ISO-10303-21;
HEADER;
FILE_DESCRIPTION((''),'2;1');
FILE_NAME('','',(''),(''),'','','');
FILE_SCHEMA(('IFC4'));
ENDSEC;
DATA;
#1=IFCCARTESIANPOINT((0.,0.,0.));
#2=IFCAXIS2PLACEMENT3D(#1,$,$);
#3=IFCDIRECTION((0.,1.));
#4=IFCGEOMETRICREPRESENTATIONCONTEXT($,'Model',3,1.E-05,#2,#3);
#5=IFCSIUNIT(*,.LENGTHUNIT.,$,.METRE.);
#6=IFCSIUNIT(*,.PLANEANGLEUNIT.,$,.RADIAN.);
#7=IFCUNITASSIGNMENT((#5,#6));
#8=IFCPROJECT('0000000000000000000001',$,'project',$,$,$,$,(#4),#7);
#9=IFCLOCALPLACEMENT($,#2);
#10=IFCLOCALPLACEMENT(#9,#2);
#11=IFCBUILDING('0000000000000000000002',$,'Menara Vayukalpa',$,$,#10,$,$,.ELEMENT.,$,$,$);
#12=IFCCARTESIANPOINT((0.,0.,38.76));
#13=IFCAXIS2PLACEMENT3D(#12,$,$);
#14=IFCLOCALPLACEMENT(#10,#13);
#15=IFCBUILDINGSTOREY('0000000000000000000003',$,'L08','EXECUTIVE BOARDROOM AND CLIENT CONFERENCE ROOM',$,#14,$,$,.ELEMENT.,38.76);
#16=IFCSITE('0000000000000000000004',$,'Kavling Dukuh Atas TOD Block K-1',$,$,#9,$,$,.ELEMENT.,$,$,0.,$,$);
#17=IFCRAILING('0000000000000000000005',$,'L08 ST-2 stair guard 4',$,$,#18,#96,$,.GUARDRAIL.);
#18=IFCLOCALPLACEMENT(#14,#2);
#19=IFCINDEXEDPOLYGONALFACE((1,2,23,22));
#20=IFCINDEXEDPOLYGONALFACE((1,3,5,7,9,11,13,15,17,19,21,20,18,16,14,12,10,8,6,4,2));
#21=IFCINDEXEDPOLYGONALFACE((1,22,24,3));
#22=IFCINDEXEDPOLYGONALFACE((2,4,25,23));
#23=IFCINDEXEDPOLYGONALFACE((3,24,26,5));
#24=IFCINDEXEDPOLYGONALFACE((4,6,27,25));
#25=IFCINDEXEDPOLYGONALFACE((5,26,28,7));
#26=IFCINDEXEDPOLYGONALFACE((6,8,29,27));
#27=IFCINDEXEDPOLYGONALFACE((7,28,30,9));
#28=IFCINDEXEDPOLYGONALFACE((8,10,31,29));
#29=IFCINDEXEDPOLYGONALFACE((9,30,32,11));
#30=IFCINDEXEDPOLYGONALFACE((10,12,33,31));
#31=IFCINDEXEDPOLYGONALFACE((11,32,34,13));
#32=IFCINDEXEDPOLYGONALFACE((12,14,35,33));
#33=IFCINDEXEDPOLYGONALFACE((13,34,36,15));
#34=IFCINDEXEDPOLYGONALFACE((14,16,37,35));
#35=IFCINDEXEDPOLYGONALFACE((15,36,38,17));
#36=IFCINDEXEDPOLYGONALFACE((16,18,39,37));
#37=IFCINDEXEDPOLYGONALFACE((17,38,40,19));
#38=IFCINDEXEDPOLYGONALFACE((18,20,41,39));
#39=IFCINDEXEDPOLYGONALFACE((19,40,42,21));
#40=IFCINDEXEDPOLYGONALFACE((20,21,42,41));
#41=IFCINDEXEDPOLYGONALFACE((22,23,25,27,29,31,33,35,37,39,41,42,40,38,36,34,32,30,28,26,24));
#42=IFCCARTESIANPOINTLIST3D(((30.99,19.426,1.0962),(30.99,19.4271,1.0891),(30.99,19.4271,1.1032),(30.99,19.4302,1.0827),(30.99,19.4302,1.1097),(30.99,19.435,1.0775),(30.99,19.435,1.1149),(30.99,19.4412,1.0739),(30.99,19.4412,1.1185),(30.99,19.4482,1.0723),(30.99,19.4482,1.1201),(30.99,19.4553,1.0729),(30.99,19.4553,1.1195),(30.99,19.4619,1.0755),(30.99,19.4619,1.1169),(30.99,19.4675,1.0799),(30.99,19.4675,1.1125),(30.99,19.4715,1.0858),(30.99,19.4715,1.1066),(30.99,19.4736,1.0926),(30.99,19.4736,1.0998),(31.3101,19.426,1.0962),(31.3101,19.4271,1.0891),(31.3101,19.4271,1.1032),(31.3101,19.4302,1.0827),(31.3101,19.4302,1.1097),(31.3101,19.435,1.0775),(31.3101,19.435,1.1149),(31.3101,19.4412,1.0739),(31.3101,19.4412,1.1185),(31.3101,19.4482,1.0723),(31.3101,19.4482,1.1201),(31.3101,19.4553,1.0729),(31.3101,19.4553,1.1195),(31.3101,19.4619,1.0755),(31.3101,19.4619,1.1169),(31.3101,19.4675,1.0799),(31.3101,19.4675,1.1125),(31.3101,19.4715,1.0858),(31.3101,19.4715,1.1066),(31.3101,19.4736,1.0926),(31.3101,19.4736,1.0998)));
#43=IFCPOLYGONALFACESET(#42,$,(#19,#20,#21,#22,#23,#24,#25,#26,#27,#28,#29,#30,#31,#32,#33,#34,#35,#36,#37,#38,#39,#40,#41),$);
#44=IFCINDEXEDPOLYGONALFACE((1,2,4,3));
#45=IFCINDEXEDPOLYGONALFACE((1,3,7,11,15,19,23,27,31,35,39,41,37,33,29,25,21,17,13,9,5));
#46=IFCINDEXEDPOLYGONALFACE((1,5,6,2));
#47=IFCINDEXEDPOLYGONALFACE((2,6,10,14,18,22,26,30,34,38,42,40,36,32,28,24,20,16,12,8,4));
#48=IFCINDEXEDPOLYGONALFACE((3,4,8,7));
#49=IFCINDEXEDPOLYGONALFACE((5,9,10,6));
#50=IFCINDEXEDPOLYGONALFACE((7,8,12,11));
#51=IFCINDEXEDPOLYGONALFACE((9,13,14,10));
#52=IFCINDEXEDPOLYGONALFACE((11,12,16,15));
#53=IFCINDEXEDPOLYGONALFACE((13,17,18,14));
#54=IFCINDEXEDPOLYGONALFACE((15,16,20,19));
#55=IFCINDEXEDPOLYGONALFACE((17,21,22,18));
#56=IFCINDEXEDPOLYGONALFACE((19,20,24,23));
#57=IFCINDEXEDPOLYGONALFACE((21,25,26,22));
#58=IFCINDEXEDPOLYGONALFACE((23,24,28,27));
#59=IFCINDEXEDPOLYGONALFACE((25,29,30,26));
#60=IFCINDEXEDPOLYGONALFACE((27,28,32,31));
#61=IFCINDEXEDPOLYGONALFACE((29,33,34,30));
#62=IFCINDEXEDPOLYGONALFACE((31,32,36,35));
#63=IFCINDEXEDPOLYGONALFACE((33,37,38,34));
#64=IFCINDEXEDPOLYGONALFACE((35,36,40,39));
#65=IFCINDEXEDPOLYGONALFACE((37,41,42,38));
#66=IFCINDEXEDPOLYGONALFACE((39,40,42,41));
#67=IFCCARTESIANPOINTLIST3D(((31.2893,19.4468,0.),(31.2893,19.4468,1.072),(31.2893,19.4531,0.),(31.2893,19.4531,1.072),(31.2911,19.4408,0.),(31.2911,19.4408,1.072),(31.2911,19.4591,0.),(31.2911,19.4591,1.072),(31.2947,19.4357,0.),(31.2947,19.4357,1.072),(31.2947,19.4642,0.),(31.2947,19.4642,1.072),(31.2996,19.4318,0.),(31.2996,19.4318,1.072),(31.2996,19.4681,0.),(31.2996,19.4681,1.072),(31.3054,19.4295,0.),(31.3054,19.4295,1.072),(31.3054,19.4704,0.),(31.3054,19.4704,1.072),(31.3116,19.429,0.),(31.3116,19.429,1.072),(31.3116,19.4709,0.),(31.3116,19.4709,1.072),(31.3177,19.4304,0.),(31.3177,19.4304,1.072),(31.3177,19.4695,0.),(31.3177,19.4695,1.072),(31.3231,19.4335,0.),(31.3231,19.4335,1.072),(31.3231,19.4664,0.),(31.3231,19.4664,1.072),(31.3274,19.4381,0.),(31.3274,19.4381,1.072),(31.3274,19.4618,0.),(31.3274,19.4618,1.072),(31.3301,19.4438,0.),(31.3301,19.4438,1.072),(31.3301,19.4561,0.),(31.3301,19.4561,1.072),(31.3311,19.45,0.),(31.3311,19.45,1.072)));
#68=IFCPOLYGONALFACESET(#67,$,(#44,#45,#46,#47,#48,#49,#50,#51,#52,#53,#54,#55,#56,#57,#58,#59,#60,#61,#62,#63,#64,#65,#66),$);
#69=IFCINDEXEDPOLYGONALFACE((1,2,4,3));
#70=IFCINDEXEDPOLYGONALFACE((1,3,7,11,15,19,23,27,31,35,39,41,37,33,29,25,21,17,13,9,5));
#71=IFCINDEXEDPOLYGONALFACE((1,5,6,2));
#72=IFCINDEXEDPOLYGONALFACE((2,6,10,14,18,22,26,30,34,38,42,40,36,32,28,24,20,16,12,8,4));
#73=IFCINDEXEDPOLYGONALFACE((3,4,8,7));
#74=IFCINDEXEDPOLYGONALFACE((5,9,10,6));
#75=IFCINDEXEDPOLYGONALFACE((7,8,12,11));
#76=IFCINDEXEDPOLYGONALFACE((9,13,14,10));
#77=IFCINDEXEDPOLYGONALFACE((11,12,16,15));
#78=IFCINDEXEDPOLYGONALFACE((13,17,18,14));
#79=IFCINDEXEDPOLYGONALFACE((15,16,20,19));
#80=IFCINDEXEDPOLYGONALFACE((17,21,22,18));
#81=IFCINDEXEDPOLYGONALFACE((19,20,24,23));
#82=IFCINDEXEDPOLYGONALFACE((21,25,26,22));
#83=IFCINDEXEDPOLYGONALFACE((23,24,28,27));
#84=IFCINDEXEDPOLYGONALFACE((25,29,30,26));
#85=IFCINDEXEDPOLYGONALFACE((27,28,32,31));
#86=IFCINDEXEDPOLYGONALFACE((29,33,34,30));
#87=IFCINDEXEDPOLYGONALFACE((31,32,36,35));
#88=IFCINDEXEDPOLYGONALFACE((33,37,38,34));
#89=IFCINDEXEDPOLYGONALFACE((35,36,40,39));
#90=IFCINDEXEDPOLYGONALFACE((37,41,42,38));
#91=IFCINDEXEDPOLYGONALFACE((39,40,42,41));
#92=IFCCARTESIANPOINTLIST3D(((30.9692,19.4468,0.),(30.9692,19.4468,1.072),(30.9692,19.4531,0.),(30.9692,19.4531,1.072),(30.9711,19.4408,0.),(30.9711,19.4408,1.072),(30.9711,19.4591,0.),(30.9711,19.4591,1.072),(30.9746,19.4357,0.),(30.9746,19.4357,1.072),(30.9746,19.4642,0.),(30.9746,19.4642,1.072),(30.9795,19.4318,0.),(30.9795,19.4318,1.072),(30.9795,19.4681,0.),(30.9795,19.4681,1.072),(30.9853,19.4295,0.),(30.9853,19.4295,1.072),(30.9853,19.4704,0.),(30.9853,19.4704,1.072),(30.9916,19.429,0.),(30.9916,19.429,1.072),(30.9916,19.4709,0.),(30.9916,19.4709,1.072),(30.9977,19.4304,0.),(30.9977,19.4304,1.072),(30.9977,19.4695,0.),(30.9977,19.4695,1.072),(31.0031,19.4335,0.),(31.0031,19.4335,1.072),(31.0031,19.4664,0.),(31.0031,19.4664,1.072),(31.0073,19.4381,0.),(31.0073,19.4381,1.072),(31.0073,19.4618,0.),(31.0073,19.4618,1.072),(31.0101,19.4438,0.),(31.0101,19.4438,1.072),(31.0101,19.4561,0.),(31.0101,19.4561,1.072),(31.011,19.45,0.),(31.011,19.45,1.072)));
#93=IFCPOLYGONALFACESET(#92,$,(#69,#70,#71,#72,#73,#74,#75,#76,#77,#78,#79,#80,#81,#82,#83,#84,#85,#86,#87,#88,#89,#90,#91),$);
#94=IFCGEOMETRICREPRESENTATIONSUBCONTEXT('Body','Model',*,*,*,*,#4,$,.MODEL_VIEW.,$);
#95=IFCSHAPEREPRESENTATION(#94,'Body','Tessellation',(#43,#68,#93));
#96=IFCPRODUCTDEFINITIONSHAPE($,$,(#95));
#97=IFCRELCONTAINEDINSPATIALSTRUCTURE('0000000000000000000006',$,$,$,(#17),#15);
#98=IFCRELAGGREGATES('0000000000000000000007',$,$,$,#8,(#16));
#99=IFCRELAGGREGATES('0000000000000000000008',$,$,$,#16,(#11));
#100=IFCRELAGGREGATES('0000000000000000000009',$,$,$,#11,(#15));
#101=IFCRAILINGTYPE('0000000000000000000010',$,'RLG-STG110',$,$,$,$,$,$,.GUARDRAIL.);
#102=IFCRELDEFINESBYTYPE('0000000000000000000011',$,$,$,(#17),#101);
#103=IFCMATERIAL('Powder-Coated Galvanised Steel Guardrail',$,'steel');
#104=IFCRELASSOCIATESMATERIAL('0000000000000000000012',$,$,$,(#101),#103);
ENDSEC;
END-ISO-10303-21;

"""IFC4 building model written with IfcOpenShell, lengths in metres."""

from ifc_helpers import new_model, si_unit, direction, frame, origin, origin_2d, place, context, subcontext, project, spatial, circle, extrude, material, type_object, element, save


model = new_model("IFC4")

# Units and contexts
model_context = context("Model", 3, precision=1e-05, world=origin(), true_north=direction((0.0, 1.0)))
body_context = subcontext(model_context, "Body", "Model", "MODEL_VIEW")
ifc_project = project(units=[si_unit("LENGTHUNIT", "METRE"), si_unit("PLANEANGLEUNIT", "RADIAN")], contexts=[model_context])

# Site, building, storey
site_placement = place(None, origin())
site = spatial("IfcSite", under=ifc_project, at=site_placement, Name="Kavling Dukuh Atas TOD Block K-1", CompositionType="ELEMENT", RefElevation=0.0)
building_placement = place(site_placement, origin())
building = spatial("IfcBuilding", under=site, at=building_placement, Name="Menara Vayukalpa", CompositionType="ELEMENT")
storey_placement = place(building_placement, frame((0.0, 0.0, 38.76)))
storey = spatial("IfcBuildingStorey", under=building, at=storey_placement, Name="L08", Description="EXECUTIVE BOARDROOM AND CLIENT CONFERENCE ROOM", CompositionType="ELEMENT", Elevation=38.76)

# Railing
ifc_material_1 = material(Name="Powder-Coated Galvanised Steel Guardrail", Category="steel")
railing_type_1 = type_object("IfcRailingType", Name="RLG-STG110", PredefinedType="GUARDRAIL", material=ifc_material_1)
railing_1_placement = place(storey_placement, frame((31.3101, 19.45, 0.0)))
element("IfcRailing", 1, at=railing_1_placement, inside=storey, type_object=railing_type_1, Name="L08 ST-2 stair guard 4", PredefinedType="GUARDRAIL", context=body_context, shape_type="SweptSolid", body=[
    extrude(circle(Radius=0.0239, at=origin_2d()), frame((0.0, 0.0, 1.0962), z_axis=(-1.0, 0.0, 0.0), x_axis=(0.0, -1.0, 0.0)), (0.0, 0.0, 1.0), 0.3201),
    extrude(circle(Radius=0.021, at=origin_2d()), origin(), (0.0, 0.0, 1.0), 1.072),
    extrude(circle(Radius=0.021, at=origin_2d()), frame((-0.3201, 0.0, 0.0)), (0.0, 0.0, 1.0), 1.072),
])

save(model, "model.ifc")
